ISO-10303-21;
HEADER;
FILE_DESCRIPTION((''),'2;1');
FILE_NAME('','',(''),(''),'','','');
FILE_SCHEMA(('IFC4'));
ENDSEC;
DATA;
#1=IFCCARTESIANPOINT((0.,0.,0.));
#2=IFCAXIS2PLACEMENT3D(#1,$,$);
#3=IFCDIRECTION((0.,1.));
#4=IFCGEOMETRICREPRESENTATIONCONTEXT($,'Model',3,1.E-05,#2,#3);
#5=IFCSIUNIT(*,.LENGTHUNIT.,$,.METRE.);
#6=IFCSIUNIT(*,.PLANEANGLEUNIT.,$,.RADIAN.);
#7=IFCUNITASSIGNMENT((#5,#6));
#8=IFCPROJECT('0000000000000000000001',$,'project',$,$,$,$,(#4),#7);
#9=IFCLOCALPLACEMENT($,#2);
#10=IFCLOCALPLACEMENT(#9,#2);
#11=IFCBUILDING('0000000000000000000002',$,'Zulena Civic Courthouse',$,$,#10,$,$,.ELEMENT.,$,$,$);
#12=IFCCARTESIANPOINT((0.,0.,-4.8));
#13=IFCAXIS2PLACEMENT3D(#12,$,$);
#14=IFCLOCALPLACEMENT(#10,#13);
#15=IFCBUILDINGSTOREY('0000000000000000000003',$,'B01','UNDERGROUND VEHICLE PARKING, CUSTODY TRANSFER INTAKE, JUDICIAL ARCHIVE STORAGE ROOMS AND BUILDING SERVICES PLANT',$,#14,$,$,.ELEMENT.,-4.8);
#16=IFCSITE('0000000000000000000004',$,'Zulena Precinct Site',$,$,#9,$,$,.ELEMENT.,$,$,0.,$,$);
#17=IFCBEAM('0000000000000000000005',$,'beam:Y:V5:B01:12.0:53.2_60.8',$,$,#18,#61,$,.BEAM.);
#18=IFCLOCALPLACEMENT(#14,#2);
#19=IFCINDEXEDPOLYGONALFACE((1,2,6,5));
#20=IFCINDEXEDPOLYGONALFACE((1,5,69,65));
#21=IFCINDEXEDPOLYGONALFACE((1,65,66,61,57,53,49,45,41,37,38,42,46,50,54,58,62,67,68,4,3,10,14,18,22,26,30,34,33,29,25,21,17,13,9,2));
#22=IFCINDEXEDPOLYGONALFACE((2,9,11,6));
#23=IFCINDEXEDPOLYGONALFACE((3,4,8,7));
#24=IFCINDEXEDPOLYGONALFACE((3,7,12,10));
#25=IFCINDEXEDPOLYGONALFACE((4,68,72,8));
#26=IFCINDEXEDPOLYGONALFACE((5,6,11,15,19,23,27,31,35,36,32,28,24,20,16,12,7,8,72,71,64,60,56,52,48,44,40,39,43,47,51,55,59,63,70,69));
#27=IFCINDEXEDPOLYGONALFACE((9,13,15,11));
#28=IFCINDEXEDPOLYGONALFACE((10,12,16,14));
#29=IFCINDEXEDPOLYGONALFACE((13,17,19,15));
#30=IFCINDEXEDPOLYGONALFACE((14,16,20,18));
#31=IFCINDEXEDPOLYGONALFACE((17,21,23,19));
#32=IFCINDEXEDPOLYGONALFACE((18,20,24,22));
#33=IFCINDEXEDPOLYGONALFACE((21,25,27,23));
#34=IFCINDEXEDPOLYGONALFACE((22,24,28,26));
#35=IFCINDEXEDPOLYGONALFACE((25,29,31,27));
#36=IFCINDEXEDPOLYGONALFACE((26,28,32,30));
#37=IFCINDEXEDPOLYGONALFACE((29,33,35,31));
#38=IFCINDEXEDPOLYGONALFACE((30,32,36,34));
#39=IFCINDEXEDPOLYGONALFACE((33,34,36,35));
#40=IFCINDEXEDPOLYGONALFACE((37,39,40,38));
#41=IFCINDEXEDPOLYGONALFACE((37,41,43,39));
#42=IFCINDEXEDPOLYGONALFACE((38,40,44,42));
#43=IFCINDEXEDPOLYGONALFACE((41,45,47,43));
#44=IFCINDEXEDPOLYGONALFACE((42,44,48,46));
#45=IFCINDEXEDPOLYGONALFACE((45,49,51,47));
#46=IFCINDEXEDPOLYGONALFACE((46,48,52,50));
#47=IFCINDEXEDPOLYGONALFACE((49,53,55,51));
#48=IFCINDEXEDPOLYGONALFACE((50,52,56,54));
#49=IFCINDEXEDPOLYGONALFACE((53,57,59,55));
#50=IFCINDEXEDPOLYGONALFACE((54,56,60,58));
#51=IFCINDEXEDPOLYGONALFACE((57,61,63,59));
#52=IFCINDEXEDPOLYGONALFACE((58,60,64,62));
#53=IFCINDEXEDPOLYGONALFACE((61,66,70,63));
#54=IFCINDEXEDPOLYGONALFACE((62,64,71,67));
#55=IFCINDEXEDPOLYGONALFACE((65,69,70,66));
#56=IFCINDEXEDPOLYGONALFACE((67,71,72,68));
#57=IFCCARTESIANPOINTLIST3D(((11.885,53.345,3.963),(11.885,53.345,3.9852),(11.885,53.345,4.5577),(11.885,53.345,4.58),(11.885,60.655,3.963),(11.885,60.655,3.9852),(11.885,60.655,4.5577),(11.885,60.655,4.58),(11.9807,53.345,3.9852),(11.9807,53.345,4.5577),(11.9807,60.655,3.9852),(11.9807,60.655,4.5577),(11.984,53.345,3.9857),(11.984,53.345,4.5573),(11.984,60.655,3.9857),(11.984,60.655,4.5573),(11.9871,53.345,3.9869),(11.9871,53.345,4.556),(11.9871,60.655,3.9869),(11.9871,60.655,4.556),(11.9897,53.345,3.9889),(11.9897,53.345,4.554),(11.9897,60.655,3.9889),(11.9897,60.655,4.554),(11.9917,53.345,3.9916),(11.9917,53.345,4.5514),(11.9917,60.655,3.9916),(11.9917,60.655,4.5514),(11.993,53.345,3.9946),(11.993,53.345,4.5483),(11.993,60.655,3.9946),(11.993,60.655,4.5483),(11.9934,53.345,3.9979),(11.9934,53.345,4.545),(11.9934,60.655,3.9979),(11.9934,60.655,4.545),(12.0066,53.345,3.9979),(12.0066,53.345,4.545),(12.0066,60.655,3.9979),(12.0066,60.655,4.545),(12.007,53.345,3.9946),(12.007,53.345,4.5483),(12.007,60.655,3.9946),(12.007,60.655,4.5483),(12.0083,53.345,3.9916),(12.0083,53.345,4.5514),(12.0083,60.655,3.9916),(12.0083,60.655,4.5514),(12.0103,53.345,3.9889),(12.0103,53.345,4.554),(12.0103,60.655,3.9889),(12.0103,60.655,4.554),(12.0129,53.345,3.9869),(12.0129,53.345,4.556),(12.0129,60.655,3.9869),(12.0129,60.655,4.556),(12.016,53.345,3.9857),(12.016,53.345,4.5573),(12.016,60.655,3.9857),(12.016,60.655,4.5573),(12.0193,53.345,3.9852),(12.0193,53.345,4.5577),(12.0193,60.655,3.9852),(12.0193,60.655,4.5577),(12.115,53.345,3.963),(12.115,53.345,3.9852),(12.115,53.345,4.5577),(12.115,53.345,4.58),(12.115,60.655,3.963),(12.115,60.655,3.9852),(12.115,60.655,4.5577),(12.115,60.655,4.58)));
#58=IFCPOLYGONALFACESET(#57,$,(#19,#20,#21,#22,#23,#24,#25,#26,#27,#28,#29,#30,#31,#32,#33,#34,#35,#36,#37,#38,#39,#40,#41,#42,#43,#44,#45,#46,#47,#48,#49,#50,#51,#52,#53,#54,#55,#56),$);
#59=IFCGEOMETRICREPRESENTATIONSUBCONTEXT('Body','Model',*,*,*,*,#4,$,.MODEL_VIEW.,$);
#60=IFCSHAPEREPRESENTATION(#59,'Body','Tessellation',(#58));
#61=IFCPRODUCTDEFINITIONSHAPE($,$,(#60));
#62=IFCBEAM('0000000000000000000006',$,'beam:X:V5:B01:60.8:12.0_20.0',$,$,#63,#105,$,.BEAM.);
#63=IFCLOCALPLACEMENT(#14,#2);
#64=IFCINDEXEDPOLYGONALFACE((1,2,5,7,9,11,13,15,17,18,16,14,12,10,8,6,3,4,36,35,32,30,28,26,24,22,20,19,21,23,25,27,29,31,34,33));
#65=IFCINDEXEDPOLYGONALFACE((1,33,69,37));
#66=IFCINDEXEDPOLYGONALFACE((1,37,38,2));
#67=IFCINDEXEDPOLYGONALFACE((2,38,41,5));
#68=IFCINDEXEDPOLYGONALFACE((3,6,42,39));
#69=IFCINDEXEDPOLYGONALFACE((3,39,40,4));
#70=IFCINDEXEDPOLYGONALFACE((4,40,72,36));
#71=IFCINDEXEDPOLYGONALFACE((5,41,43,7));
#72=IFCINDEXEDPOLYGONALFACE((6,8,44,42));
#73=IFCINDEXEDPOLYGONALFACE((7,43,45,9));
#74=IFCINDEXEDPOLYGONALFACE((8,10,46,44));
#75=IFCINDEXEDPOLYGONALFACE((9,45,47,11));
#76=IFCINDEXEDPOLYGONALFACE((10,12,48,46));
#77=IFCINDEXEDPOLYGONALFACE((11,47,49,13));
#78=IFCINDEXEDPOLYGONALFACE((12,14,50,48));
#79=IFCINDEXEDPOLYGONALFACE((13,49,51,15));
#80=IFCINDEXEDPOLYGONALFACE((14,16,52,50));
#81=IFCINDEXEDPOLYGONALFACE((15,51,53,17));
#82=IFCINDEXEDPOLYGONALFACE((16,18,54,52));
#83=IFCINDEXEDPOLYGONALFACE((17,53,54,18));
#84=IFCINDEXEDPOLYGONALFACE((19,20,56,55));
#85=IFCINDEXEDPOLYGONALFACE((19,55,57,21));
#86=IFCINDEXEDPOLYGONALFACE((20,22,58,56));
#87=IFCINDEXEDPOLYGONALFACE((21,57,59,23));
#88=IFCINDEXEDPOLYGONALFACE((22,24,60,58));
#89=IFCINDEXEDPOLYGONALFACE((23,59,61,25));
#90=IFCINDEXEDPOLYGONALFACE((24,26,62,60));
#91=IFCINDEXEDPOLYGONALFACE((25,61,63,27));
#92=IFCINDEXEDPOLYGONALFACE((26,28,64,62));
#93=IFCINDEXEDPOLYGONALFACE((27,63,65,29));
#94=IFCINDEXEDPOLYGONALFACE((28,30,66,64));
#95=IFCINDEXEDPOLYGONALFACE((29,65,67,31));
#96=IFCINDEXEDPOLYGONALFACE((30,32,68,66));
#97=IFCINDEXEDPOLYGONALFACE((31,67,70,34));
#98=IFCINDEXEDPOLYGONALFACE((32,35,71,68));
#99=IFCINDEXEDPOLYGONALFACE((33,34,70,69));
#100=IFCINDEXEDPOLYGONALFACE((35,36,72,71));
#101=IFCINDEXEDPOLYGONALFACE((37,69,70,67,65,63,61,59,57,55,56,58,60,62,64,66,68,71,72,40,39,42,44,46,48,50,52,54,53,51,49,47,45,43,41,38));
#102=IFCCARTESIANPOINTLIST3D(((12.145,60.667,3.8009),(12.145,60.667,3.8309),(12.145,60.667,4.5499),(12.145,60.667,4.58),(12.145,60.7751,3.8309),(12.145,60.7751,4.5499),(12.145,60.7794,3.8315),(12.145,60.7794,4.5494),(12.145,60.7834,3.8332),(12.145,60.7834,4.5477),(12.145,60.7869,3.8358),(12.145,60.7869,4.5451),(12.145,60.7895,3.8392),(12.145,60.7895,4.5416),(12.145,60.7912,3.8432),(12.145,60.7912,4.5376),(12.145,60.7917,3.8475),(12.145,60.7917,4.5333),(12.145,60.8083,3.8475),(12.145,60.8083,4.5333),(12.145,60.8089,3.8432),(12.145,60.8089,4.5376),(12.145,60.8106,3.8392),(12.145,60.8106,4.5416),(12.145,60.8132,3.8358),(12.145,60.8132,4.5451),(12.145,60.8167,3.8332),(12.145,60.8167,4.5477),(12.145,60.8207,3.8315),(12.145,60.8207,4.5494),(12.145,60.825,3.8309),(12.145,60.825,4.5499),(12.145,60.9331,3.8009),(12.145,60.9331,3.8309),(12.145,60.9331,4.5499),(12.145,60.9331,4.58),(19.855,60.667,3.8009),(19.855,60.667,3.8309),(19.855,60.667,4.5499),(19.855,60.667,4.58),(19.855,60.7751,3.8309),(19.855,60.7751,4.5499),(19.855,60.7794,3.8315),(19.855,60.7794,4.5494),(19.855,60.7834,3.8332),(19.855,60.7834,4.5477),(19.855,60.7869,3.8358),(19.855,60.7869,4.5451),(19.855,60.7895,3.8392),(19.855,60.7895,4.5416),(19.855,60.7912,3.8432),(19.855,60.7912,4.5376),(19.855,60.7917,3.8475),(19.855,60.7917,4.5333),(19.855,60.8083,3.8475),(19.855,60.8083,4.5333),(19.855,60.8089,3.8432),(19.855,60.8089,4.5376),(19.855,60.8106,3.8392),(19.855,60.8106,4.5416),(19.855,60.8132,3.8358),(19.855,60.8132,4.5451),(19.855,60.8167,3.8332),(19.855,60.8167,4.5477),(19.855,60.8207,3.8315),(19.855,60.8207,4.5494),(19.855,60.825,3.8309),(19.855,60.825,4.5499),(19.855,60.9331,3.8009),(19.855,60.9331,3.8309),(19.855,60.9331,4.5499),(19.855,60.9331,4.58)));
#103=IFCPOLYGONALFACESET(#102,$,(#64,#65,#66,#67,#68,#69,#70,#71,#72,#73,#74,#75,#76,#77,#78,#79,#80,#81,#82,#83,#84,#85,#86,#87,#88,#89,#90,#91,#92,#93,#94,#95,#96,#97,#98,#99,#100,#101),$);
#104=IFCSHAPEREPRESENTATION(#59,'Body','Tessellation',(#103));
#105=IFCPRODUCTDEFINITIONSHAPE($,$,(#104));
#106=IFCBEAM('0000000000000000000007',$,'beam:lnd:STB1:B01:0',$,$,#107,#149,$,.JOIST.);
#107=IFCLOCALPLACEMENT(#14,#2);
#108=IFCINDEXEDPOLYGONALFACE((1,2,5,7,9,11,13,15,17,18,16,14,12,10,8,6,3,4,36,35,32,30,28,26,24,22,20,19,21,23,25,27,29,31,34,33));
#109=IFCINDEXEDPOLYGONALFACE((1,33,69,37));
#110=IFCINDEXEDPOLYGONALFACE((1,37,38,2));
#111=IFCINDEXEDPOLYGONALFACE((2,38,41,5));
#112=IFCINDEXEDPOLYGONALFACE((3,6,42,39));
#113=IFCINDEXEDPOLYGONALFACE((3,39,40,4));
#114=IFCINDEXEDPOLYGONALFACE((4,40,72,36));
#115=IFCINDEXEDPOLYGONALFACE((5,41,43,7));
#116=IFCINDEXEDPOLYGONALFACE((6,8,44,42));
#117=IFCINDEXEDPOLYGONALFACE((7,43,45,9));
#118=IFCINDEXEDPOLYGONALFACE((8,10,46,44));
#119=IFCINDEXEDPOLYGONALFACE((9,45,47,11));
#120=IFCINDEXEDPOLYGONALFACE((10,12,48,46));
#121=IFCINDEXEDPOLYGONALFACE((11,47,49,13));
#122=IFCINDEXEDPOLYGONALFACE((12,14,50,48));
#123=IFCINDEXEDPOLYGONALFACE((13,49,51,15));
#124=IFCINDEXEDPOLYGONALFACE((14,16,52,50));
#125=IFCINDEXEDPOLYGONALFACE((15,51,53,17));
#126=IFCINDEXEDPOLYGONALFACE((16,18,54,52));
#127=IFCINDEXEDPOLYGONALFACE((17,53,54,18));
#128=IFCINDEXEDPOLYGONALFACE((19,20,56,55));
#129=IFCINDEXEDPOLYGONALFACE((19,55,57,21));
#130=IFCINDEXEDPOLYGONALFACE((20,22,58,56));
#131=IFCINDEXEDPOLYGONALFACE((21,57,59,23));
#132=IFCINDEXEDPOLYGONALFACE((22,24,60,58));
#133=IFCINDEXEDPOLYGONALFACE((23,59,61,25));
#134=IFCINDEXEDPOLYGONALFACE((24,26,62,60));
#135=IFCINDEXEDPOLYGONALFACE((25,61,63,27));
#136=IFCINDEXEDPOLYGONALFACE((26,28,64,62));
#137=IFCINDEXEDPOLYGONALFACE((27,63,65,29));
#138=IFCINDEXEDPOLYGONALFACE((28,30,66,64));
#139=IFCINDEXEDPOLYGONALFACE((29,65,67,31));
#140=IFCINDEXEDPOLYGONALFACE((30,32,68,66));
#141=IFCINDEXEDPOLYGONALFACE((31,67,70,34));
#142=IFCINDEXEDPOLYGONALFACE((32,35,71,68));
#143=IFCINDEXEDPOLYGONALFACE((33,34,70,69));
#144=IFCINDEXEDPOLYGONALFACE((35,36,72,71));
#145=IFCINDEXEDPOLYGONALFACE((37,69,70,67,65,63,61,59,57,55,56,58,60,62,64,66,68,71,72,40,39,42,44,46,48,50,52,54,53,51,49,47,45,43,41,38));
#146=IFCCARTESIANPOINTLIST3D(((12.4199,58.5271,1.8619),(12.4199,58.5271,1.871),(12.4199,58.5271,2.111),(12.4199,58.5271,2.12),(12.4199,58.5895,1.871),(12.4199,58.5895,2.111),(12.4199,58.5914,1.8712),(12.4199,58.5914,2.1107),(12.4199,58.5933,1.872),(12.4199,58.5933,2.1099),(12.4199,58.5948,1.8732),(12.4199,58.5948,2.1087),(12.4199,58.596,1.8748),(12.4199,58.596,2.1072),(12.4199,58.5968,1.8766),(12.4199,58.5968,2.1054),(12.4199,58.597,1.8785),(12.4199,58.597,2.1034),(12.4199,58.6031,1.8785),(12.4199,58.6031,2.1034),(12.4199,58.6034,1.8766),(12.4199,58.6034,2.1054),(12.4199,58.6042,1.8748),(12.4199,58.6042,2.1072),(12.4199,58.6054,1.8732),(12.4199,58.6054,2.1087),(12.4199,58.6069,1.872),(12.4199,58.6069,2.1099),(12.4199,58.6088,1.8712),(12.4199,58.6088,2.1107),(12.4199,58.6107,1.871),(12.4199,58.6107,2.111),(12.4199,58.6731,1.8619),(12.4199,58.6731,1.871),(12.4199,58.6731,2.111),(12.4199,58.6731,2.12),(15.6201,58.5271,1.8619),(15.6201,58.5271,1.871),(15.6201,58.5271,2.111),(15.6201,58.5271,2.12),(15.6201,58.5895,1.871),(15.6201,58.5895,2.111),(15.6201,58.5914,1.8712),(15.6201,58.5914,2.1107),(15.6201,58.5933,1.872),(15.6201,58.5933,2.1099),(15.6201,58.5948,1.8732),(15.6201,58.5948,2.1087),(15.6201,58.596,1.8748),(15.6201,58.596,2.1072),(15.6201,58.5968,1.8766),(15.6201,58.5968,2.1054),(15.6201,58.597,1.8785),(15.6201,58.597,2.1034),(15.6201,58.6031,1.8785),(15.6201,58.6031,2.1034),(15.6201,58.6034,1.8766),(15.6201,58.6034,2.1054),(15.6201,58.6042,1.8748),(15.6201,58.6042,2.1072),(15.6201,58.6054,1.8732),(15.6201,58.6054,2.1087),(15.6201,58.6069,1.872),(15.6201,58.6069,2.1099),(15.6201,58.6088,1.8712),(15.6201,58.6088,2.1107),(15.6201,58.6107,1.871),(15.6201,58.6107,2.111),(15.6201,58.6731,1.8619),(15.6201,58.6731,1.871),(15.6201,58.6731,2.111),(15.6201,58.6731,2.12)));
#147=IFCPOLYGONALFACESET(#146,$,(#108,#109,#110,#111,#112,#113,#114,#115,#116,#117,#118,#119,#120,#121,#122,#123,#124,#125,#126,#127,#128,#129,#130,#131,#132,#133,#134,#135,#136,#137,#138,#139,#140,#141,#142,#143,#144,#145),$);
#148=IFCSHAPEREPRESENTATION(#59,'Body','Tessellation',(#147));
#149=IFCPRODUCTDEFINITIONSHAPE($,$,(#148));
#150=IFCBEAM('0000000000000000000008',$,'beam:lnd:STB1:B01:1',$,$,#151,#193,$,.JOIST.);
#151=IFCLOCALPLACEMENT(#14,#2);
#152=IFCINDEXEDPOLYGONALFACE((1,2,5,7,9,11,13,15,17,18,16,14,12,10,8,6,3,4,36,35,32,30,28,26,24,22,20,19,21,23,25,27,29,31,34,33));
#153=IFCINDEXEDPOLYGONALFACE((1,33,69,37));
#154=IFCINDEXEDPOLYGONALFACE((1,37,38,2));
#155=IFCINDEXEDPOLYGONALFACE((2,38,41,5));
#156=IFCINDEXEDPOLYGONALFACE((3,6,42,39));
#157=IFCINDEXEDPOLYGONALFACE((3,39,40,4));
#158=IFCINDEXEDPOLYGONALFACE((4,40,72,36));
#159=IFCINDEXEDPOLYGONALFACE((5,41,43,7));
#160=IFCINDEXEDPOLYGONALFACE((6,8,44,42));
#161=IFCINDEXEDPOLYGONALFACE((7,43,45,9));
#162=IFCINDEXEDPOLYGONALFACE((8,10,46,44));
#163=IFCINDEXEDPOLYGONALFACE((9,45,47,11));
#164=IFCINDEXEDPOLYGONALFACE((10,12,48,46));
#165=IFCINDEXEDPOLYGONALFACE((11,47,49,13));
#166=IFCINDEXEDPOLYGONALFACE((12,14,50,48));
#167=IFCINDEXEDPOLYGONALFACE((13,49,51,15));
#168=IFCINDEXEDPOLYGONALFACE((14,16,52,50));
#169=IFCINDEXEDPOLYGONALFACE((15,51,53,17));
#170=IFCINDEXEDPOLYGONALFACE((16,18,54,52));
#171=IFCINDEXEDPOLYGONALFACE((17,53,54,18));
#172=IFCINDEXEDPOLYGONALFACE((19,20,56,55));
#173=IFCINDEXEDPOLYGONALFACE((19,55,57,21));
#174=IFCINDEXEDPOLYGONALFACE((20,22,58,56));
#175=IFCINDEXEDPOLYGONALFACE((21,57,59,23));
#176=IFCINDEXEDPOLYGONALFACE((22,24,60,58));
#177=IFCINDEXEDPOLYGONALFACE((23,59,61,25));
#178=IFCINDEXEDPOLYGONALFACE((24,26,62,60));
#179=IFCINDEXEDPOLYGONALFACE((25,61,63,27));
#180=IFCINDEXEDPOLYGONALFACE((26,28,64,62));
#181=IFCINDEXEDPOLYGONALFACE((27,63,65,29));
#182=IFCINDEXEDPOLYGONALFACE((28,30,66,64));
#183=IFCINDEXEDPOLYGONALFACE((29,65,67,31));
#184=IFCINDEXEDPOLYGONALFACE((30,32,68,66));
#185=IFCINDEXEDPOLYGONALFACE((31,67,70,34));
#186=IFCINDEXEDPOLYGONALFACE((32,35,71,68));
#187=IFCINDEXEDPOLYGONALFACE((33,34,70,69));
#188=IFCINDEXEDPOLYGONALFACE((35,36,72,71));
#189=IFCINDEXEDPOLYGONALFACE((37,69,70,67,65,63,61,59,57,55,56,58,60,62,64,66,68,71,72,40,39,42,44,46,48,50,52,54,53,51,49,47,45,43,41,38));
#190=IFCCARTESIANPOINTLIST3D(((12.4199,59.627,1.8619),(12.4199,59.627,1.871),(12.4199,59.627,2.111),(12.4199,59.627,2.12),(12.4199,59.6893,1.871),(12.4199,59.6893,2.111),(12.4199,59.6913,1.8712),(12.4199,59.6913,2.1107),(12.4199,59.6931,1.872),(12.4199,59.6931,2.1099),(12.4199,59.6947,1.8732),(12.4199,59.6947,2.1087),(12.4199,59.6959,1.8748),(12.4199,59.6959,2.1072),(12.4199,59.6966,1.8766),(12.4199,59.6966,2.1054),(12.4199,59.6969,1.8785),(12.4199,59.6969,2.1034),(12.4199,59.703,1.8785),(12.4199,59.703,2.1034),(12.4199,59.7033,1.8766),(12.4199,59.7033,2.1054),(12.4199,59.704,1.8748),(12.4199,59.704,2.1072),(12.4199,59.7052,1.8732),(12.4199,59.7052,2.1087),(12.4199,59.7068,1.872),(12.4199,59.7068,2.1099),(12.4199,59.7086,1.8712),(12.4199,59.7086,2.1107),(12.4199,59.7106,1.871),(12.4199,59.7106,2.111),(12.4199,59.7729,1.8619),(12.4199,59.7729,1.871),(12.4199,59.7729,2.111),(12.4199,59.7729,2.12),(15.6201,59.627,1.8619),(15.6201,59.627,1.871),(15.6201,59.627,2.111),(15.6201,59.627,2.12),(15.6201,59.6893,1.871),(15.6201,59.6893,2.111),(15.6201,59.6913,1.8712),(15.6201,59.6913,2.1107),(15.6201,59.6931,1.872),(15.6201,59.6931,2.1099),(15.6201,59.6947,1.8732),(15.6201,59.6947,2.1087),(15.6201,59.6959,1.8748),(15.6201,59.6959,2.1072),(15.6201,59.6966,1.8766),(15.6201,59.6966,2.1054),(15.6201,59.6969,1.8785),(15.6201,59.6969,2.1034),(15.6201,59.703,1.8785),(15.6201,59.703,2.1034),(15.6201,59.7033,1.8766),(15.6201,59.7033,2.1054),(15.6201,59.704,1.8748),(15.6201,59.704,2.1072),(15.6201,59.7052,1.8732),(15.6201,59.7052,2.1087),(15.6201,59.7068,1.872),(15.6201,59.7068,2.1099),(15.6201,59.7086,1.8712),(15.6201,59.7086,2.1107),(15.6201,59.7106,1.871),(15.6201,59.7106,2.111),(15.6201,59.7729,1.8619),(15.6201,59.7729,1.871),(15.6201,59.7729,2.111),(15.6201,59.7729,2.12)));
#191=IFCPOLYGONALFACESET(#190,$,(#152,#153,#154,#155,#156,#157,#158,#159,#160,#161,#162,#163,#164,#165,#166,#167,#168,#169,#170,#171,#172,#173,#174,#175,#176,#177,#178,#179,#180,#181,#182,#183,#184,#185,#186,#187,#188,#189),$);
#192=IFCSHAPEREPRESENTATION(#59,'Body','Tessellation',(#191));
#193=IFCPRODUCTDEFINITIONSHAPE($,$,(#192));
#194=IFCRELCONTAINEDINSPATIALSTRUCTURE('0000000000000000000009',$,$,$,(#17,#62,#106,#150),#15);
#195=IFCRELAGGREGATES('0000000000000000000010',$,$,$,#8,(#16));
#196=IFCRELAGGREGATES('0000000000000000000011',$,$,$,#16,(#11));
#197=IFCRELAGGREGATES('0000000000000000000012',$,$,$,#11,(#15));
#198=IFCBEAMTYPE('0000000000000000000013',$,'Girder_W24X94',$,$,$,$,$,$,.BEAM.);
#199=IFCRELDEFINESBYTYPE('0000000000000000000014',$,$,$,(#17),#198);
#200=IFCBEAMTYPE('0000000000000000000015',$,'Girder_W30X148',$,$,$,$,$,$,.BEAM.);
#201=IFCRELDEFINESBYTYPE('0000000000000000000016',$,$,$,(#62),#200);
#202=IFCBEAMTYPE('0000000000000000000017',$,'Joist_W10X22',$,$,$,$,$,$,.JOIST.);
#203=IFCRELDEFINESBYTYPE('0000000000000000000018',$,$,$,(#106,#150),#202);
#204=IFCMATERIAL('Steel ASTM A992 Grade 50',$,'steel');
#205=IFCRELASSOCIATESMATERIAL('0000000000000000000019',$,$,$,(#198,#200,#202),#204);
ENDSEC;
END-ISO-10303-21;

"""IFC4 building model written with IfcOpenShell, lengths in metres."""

from ifc_helpers import new_model, si_unit, direction, frame, origin, origin_2d, place, context, subcontext, project, spatial, i_section, extrude, material, material_profile, profile_set, type_object, element, save


model = new_model("IFC4")

# Units and contexts
model_context = context("Model", 3, precision=1e-05, world=origin(), true_north=direction((0.0, 1.0)))
body_context = subcontext(model_context, "Body", "Model", "MODEL_VIEW")
ifc_project = project(units=[si_unit("LENGTHUNIT", "METRE"), si_unit("PLANEANGLEUNIT", "RADIAN")], contexts=[model_context])

# Site, building, storey
site_placement = place(None, origin())
site = spatial("IfcSite", under=ifc_project, at=site_placement, Name="Zulena Precinct Site", CompositionType="ELEMENT", RefElevation=0.0)
building_placement = place(site_placement, origin())
building = spatial("IfcBuilding", under=site, at=building_placement, Name="Zulena Civic Courthouse", CompositionType="ELEMENT")
storey_placement = place(building_placement, frame((0.0, 0.0, -4.8)))
storey = spatial("IfcBuildingStorey", under=building, at=storey_placement, Name="B01", Description="UNDERGROUND VEHICLE PARKING, CUSTODY TRANSFER INTAKE, JUDICIAL ARCHIVE STORAGE ROOMS AND BUILDING SERVICES PLANT", CompositionType="ELEMENT", Elevation=-4.8)

# Shared definitions
ifc_material_1 = material(Name="Steel ASTM A992 Grade 50", Category="steel")

# Beams
ifc_material_profile_1 = material_profile(ifc_material_1, i_section(OverallWidth=0.23, OverallDepth=0.6169, WebThickness=0.0132, FlangeThickness=0.0222, FilletRadius=0.0127, at=origin_2d()), Name="W24X94")
ifc_profile_set_1 = profile_set([ifc_material_profile_1], Name="Steel ASTM A992 Grade 50")
beam_type_1 = type_object("IfcBeamType", Name="Girder_W24X94", PredefinedType="BEAM", material=ifc_profile_set_1)
beam_1_placement = place(storey_placement, frame((12.0, 53.345, 4.2715), z_axis=(0.0, 1.0, 0.0), x_axis=(-1.0, 0.0, 0.0)))
element("IfcBeam", 1, at=beam_1_placement, inside=storey, type_object=beam_type_1, Name="beam:Y:V5:B01:12.0:53.2_60.8", PredefinedType="BEAM", context=body_context, shape_type="SweptSolid", body=[
    extrude(i_section(OverallWidth=0.23, OverallDepth=0.6169, WebThickness=0.0132, FlangeThickness=0.0222, FilletRadius=0.0127, at=origin_2d()), origin(), (0.0, 0.0, 1.0), 7.3101),
])
ifc_material_profile_2 = material_profile(ifc_material_1, i_section(OverallWidth=0.2661, OverallDepth=0.7791, WebThickness=0.0166, FlangeThickness=0.03, FilletRadius=0.0166, at=origin_2d()), Name="W30X148")
ifc_profile_set_2 = profile_set([ifc_material_profile_2], Name="Steel ASTM A992 Grade 50")
beam_type_2 = type_object("IfcBeamType", Name="Girder_W30X148", PredefinedType="BEAM", material=ifc_profile_set_2)
beam_2_placement = place(storey_placement, frame((12.145, 60.8, 4.1904), z_axis=(1.0, 0.0, 0.0), x_axis=(0.0, 1.0, 0.0)))
element("IfcBeam", 2, at=beam_2_placement, inside=storey, type_object=beam_type_2, Name="beam:X:V5:B01:60.8:12.0_20.0", PredefinedType="BEAM", context=body_context, shape_type="SweptSolid", body=[
    extrude(i_section(OverallWidth=0.2661, OverallDepth=0.7791, WebThickness=0.0166, FlangeThickness=0.03, FilletRadius=0.0166, at=origin_2d()), origin(), (0.0, 0.0, 1.0), 7.71),
])
ifc_material_profile_3 = material_profile(ifc_material_1, i_section(OverallWidth=0.146, OverallDepth=0.2581, WebThickness=0.0061, FlangeThickness=0.009, FilletRadius=0.0076, at=origin_2d()), Name="W10X22")
ifc_profile_set_3 = profile_set([ifc_material_profile_3], Name="Steel ASTM A992 Grade 50")
beam_type_3 = type_object("IfcBeamType", Name="Joist_W10X22", PredefinedType="JOIST", material=ifc_profile_set_3)
for number, where, z_axis, x_axis, name in (
    (3, (12.4199, 58.6001, 1.991), (1.0, 0.0, 0.0), (0.0, 1.0, 0.0), "beam:lnd:STB1:B01:0"),
    (4, (12.4199, 59.7, 1.991), (1.0, 0.0, 0.0), (0.0, 1.0, 0.0), "beam:lnd:STB1:B01:1"),
):
    element("IfcBeam", number, at=place(storey_placement, frame(where, z_axis=z_axis, x_axis=x_axis)), inside=storey, type_object=beam_type_3, Name=name, PredefinedType="JOIST", context=body_context, shape_type="SweptSolid", body=[
        extrude(i_section(OverallWidth=0.146, OverallDepth=0.2581, WebThickness=0.0061, FlangeThickness=0.009, FilletRadius=0.0076, at=origin_2d()), origin(), (0.0, 0.0, 1.0), 3.2002),
    ])

save(model, "model.ifc")
